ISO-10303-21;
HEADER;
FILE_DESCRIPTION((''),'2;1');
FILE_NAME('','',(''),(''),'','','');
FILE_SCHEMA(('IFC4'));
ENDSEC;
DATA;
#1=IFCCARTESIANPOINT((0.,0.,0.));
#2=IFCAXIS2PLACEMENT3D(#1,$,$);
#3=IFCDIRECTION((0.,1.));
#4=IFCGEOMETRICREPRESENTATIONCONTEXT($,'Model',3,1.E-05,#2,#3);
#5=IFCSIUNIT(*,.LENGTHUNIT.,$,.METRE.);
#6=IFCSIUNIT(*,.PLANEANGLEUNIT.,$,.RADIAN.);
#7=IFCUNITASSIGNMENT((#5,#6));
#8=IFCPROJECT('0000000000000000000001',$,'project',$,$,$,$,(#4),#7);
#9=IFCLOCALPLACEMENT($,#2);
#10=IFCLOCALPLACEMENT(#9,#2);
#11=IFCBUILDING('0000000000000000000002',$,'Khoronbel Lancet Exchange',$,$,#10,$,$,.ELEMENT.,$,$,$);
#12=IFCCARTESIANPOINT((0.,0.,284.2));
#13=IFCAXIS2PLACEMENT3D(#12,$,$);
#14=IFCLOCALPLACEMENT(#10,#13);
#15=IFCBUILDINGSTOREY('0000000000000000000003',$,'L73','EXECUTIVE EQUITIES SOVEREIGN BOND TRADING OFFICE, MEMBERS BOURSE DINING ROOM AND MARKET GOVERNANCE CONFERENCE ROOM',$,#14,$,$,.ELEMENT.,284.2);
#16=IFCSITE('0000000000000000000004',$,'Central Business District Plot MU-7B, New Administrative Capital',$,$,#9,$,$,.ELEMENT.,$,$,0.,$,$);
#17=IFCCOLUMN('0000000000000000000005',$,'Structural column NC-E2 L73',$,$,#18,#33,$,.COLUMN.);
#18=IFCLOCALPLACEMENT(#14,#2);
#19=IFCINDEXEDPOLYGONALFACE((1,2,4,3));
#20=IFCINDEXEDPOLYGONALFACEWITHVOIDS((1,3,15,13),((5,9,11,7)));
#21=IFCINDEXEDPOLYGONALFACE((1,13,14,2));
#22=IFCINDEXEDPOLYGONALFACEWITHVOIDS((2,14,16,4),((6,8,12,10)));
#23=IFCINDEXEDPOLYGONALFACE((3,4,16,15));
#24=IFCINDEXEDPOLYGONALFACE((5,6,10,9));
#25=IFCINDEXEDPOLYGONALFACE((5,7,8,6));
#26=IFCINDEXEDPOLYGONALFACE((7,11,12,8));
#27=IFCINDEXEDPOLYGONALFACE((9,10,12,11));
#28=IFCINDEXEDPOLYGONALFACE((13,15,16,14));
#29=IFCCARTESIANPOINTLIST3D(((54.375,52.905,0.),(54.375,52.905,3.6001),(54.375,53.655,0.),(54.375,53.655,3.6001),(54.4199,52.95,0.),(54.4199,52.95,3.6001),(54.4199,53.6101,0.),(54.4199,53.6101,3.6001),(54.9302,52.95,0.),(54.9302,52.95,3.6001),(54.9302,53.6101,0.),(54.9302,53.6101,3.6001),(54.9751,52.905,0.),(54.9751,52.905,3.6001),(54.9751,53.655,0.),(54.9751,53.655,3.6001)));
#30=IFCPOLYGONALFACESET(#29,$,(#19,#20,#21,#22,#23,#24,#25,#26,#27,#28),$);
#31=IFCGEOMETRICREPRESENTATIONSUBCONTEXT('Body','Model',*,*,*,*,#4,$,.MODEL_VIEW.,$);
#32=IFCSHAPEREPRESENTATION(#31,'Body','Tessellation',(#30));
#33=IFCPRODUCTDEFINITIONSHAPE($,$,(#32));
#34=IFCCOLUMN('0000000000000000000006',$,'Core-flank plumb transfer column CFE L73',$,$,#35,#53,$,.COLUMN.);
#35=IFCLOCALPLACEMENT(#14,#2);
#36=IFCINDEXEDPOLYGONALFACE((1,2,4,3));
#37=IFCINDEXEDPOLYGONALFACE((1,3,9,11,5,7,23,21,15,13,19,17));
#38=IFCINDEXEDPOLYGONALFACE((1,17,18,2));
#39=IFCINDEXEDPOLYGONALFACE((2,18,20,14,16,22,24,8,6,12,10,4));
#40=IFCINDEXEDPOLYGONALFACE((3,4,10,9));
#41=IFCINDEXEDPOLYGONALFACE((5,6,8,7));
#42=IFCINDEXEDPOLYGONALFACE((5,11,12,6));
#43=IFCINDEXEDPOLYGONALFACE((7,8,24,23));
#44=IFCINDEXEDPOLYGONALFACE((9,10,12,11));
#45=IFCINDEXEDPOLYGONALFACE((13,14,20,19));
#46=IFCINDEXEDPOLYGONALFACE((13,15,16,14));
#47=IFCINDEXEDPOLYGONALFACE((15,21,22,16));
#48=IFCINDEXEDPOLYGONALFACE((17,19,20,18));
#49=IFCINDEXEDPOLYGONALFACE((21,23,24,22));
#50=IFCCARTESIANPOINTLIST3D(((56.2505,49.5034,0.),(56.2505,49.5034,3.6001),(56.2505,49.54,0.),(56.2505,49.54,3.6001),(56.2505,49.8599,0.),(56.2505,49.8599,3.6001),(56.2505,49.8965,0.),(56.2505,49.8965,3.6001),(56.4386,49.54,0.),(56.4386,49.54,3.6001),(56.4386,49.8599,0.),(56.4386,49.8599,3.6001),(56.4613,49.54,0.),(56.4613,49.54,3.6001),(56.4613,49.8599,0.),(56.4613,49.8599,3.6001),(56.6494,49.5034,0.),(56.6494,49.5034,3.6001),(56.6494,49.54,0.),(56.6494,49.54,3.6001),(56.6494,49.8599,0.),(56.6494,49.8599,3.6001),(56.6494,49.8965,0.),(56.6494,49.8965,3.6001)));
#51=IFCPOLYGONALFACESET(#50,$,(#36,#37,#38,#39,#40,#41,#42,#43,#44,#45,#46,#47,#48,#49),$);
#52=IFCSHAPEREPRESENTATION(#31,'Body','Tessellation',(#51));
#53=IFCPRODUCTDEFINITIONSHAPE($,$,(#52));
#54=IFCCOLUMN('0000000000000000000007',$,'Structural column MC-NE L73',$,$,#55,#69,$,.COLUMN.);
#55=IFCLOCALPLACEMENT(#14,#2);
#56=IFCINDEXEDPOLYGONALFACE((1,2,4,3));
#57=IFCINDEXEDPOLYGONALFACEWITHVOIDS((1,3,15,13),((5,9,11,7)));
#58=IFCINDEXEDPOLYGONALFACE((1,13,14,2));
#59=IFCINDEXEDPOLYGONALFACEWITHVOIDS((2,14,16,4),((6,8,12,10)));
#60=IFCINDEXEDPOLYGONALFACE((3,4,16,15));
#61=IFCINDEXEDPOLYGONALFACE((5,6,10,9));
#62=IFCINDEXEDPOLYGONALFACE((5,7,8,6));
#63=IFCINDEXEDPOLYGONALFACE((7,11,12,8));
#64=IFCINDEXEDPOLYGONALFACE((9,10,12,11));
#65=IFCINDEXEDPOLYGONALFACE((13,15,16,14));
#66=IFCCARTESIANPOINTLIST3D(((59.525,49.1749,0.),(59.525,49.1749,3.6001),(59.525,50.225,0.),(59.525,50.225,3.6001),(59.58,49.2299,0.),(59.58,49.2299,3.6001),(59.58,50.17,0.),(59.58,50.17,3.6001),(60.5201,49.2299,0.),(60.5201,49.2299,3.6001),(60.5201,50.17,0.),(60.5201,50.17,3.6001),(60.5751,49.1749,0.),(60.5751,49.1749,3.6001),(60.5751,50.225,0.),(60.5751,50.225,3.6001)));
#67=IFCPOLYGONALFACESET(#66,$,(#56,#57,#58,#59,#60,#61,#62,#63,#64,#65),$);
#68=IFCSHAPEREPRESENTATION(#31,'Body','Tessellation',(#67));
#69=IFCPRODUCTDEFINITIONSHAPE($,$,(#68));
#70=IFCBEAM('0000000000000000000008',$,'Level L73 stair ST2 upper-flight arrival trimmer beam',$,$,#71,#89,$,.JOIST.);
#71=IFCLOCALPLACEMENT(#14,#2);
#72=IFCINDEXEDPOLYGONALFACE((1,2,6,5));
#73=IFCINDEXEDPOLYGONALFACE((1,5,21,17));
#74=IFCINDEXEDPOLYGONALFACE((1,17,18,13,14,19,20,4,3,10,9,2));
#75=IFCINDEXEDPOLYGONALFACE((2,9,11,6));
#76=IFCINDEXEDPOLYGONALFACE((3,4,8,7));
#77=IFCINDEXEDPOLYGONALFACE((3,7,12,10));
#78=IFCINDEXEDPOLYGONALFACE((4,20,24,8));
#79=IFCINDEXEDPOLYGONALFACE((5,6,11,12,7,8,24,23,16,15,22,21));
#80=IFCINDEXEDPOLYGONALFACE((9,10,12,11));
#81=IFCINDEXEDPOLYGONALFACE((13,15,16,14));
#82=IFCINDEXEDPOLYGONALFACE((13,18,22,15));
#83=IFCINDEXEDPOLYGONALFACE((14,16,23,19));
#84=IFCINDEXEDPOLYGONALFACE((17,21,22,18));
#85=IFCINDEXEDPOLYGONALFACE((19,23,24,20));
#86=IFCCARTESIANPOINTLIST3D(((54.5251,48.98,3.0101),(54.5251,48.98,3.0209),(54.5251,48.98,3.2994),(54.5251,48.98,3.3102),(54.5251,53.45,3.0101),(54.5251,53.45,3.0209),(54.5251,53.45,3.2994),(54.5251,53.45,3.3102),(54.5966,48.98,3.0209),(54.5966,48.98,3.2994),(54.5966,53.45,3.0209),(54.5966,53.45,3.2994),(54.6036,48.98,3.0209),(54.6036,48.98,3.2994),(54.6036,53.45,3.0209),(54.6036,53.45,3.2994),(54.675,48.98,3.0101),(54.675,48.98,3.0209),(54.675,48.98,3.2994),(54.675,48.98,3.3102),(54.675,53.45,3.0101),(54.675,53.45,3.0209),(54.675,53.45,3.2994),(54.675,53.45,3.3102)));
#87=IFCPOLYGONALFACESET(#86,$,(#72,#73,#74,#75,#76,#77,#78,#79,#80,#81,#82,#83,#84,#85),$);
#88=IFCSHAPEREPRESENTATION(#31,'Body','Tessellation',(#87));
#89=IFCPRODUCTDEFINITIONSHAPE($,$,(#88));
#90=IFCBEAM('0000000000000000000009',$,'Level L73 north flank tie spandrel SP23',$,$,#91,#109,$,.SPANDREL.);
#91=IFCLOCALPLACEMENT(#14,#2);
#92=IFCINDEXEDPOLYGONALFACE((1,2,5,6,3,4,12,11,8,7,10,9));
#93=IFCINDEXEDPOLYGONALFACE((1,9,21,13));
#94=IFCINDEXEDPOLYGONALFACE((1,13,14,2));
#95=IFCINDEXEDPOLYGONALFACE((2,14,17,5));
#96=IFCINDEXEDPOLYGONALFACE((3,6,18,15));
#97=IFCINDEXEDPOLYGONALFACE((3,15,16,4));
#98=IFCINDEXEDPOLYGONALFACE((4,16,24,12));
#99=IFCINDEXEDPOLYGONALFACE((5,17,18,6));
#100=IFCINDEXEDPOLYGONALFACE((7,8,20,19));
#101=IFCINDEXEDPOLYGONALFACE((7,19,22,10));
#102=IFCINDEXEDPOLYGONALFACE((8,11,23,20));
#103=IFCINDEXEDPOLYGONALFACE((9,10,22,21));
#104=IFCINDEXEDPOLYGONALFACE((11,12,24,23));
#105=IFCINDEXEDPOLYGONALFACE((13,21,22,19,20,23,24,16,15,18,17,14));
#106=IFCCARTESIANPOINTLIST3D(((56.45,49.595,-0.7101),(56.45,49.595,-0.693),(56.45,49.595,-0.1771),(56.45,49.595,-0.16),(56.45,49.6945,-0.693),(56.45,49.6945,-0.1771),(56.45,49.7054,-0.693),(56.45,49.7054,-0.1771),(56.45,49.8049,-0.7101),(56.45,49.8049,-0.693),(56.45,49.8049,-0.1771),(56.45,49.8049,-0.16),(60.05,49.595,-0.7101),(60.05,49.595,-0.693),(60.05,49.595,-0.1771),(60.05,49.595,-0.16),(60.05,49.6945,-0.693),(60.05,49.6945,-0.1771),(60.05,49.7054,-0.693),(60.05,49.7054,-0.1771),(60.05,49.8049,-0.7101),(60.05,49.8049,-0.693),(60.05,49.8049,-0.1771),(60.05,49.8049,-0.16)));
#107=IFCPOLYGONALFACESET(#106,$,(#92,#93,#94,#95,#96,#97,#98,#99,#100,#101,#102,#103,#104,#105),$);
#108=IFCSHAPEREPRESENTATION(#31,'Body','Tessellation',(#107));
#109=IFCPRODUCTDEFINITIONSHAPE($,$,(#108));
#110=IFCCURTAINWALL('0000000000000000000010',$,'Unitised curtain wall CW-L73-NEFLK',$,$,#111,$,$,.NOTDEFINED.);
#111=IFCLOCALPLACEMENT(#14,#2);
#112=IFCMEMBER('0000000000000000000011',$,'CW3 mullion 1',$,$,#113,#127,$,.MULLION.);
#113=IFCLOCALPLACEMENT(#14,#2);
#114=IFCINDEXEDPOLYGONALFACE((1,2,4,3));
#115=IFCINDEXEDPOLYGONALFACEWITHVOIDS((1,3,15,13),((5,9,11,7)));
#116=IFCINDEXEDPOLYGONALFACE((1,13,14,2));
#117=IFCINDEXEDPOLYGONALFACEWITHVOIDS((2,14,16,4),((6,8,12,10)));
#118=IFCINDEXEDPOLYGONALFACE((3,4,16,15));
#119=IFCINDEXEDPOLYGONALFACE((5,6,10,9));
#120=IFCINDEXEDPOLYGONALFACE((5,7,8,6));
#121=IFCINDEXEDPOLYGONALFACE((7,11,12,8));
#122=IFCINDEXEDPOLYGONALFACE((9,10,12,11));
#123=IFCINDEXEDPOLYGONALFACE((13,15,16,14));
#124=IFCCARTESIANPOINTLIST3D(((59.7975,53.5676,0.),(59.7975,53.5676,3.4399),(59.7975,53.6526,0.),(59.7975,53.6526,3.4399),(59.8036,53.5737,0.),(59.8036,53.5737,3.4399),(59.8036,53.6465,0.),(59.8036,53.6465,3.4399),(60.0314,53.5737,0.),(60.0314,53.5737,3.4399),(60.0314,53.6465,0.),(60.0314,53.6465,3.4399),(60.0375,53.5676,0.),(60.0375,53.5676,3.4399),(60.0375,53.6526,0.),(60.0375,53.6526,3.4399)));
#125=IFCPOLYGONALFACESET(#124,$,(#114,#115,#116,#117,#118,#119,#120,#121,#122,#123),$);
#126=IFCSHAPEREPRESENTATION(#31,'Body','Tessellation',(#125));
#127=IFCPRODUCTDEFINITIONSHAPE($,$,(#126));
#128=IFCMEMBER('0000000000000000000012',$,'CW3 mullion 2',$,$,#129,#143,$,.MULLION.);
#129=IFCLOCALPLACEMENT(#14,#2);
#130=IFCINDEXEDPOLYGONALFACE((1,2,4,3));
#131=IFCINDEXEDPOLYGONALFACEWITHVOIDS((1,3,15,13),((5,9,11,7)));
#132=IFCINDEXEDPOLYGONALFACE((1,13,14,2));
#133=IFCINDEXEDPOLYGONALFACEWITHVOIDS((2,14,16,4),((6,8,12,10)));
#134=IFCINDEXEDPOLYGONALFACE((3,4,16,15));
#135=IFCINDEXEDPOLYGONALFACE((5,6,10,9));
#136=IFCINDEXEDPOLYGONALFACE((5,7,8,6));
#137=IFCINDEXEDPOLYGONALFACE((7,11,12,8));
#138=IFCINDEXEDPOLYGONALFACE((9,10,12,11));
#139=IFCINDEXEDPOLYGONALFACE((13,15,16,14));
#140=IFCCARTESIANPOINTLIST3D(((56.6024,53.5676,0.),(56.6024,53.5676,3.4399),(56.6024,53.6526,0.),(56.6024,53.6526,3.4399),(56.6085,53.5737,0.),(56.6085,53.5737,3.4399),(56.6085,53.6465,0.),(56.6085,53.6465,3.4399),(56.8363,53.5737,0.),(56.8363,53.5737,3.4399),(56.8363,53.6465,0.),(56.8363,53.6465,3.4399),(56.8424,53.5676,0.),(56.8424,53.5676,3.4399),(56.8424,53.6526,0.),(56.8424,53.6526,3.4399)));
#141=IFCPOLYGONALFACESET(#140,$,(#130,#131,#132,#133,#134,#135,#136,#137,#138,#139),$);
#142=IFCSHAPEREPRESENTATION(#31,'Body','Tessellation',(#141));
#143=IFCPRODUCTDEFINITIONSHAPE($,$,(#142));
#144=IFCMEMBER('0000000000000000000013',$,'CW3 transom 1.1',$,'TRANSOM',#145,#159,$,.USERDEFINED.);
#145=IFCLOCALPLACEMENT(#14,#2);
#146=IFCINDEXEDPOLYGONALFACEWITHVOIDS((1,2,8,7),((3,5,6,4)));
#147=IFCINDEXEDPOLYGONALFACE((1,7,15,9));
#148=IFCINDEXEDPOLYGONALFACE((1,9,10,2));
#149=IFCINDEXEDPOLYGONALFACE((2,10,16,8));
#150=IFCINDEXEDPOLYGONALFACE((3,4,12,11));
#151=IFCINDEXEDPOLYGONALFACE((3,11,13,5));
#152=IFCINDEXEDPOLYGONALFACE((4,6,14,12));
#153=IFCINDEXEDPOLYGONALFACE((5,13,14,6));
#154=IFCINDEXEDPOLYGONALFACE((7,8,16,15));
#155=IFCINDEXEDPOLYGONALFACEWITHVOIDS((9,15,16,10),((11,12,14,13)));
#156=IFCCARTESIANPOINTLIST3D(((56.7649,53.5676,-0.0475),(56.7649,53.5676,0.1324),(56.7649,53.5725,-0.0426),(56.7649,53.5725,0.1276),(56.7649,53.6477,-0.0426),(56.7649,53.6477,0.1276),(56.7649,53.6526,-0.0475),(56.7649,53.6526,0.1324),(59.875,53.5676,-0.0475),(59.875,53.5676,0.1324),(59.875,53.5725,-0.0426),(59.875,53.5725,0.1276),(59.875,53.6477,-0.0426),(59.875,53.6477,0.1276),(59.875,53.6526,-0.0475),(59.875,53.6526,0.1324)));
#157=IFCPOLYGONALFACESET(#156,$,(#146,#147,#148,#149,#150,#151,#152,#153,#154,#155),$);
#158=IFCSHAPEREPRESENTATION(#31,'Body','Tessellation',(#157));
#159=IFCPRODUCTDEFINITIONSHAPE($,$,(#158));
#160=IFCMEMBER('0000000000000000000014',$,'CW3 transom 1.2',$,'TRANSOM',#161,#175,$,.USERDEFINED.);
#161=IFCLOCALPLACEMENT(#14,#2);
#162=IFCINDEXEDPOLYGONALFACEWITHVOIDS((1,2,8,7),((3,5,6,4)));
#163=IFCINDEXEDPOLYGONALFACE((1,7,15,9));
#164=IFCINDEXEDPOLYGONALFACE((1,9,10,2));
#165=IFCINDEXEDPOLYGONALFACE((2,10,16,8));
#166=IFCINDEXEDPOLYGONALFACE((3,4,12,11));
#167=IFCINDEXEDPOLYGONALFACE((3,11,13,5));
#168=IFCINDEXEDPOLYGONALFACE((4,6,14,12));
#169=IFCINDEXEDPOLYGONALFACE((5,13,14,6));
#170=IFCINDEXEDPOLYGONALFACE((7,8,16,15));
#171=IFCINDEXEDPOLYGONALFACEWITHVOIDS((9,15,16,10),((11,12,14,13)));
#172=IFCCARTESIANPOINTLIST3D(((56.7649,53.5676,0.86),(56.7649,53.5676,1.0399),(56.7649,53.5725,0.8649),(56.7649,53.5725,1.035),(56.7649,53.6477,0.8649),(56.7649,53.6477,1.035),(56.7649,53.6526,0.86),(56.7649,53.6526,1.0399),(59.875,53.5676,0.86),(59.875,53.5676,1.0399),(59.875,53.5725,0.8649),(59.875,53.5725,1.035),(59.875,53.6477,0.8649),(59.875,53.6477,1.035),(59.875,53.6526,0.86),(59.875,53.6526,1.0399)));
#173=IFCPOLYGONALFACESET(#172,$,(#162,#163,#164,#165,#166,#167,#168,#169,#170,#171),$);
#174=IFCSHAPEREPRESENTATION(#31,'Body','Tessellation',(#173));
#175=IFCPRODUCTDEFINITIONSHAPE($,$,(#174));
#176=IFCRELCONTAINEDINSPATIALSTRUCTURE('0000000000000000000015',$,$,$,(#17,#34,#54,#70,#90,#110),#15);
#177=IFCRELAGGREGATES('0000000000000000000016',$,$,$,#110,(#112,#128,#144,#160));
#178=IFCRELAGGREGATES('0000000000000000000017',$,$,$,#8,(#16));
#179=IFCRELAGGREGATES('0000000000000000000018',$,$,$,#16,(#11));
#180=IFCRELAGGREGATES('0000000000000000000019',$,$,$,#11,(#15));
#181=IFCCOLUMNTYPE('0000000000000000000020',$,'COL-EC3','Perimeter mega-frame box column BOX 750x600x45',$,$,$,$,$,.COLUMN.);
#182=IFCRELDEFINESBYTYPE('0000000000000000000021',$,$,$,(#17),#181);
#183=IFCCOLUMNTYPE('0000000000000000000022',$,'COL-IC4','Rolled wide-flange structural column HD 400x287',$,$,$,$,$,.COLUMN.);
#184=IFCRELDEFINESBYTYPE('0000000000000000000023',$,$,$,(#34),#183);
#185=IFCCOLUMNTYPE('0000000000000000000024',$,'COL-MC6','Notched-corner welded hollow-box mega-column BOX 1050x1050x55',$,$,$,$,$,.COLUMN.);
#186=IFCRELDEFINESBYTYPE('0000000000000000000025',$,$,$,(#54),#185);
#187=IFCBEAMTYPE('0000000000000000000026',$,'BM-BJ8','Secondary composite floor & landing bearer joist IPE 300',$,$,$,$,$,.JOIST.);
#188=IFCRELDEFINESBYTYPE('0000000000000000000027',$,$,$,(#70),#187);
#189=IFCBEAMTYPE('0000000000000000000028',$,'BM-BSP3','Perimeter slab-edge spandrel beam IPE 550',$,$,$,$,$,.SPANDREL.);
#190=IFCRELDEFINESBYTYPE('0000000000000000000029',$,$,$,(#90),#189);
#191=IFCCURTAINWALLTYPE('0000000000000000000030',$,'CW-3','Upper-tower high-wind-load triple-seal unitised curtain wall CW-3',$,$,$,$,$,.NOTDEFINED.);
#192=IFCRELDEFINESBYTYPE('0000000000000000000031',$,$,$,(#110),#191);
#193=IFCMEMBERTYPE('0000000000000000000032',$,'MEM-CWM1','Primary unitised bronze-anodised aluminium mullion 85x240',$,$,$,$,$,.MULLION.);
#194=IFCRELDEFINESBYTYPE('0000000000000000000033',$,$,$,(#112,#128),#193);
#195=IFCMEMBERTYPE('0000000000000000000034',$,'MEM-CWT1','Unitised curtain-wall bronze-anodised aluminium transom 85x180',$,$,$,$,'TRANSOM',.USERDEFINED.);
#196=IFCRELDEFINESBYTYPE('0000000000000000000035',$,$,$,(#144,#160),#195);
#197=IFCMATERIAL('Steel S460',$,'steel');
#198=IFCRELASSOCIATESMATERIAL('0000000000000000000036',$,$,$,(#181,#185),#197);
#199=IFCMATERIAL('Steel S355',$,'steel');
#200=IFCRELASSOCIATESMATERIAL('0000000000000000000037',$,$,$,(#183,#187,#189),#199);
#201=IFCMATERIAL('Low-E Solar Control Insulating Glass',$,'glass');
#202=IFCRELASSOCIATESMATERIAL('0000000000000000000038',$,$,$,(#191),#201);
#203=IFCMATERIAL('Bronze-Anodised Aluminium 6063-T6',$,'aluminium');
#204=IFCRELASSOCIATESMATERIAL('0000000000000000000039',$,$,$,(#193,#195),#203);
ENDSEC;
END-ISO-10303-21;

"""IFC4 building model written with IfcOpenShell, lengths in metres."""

from ifc_helpers import new_model, si_unit, direction, frame, origin, origin_2d, place, context, subcontext, project, spatial, hollow_rectangle, i_section, extrude, material, material_profile, profile_set, type_object, element, aggregate, save


model = new_model("IFC4")

# Units and contexts
model_context = context("Model", 3, precision=1e-05, world=origin(), true_north=direction((0.0, 1.0)))
body_context = subcontext(model_context, "Body", "Model", "MODEL_VIEW")
ifc_project = project(units=[si_unit("LENGTHUNIT", "METRE"), si_unit("PLANEANGLEUNIT", "RADIAN")], contexts=[model_context])

# Site, building, storey
site_placement = place(None, origin())
site = spatial("IfcSite", under=ifc_project, at=site_placement, Name="Central Business District Plot MU-7B, New Administrative Capital", CompositionType="ELEMENT", RefElevation=0.0)
building_placement = place(site_placement, origin())
building = spatial("IfcBuilding", under=site, at=building_placement, Name="Khoronbel Lancet Exchange", CompositionType="ELEMENT")
storey_placement = place(building_placement, frame((0.0, 0.0, 284.2)))
storey = spatial("IfcBuildingStorey", under=building, at=storey_placement, Name="L73", Description="EXECUTIVE EQUITIES SOVEREIGN BOND TRADING OFFICE, MEMBERS BOURSE DINING ROOM AND MARKET GOVERNANCE CONFERENCE ROOM", CompositionType="ELEMENT", Elevation=284.2)

# Columns
ifc_material_1 = material(Name="Steel S460", Category="steel")
ifc_material_profile_1 = material_profile(ifc_material_1, hollow_rectangle(XDim=0.6001, YDim=0.75, WallThickness=0.0449, at=origin_2d()), Name="BOX 750x600x45")
ifc_profile_set_1 = profile_set([ifc_material_profile_1], Name="Steel S460")
column_type_1 = type_object("IfcColumnType", Name="COL-EC3", Description="Perimeter mega-frame box column BOX 750x600x45", PredefinedType="COLUMN", material=ifc_profile_set_1)
column_1_placement = place(storey_placement, frame((54.675, 53.28, 0.0), z_axis=(0.0, 0.0, 1.0), x_axis=(1.0, 0.0, 0.0)))
element("IfcColumn", 1, at=column_1_placement, inside=storey, type_object=column_type_1, Name="Structural column NC-E2 L73", PredefinedType="COLUMN", context=body_context, shape_type="SweptSolid", body=[
    extrude(hollow_rectangle(XDim=0.6001, YDim=0.75, WallThickness=0.0449, at=origin_2d()), origin(), (0.0, 0.0, 1.0), 3.6001),
])
ifc_material_2 = material(Name="Steel S355", Category="steel")
ifc_material_profile_2 = material_profile(ifc_material_2, i_section(OverallWidth=0.3989, OverallDepth=0.3931, WebThickness=0.0227, FlangeThickness=0.0366, at=origin_2d()), Name="HD 400x287")
ifc_profile_set_2 = profile_set([ifc_material_profile_2], Name="Steel S355")
column_type_2 = type_object("IfcColumnType", Name="COL-IC4", Description="Rolled wide-flange structural column HD 400x287", PredefinedType="COLUMN", material=ifc_profile_set_2)
column_2_placement = place(storey_placement, frame((56.45, 49.7, 0.0), z_axis=(0.0, 0.0, 1.0), x_axis=(1.0, 0.0, 0.0)))
element("IfcColumn", 2, at=column_2_placement, inside=storey, type_object=column_type_2, Name="Core-flank plumb transfer column CFE L73", PredefinedType="COLUMN", context=body_context, shape_type="SweptSolid", body=[
    extrude(i_section(OverallWidth=0.3989, OverallDepth=0.3931, WebThickness=0.0227, FlangeThickness=0.0366, at=origin_2d()), origin(), (0.0, 0.0, 1.0), 3.6001),
])
ifc_material_profile_3 = material_profile(ifc_material_1, hollow_rectangle(XDim=1.05, YDim=1.05, WallThickness=0.0549, at=origin_2d()), Name="BOX 1050x1050x55")
ifc_profile_set_3 = profile_set([ifc_material_profile_3], Name="Steel S460")
column_type_3 = type_object("IfcColumnType", Name="COL-MC6", Description="Notched-corner welded hollow-box mega-column BOX 1050x1050x55", PredefinedType="COLUMN", material=ifc_profile_set_3)
column_3_placement = place(storey_placement, frame((60.05, 49.7, 0.0), z_axis=(0.0, 0.0, 1.0), x_axis=(1.0, 0.0, 0.0)))
element("IfcColumn", 3, at=column_3_placement, inside=storey, type_object=column_type_3, Name="Structural column MC-NE L73", PredefinedType="COLUMN", context=body_context, shape_type="SweptSolid", body=[
    extrude(hollow_rectangle(XDim=1.05, YDim=1.05, WallThickness=0.0549, at=origin_2d()), origin(), (0.0, 0.0, 1.0), 3.6001),
])

# Beams
ifc_material_profile_4 = material_profile(ifc_material_2, i_section(OverallWidth=0.1499, OverallDepth=0.3, WebThickness=0.0071, FlangeThickness=0.0107, at=origin_2d()), Name="IPE 300")
ifc_profile_set_4 = profile_set([ifc_material_profile_4], Name="Steel S355")
beam_type_1 = type_object("IfcBeamType", Name="BM-BJ8", Description="Secondary composite floor & landing bearer joist IPE 300", PredefinedType="JOIST", material=ifc_profile_set_4)
beam_1_placement = place(storey_placement, frame((54.6001, 48.98, 3.1602), z_axis=(0.0, 1.0, 0.0), x_axis=(-1.0, 0.0, 0.0)))
element("IfcBeam", 4, at=beam_1_placement, inside=storey, type_object=beam_type_1, Name="Level L73 stair ST2 upper-flight arrival trimmer beam", PredefinedType="JOIST", context=body_context, shape_type="SweptSolid", body=[
    extrude(i_section(OverallWidth=0.1499, OverallDepth=0.3, WebThickness=0.0071, FlangeThickness=0.0107, at=origin_2d()), origin(), (0.0, 0.0, 1.0), 4.47),
])
ifc_material_profile_5 = material_profile(ifc_material_2, i_section(OverallWidth=0.21, OverallDepth=0.55, WebThickness=0.011, FlangeThickness=0.0171, at=origin_2d()), Name="IPE 550")
ifc_profile_set_5 = profile_set([ifc_material_profile_5], Name="Steel S355")
beam_type_2 = type_object("IfcBeamType", Name="BM-BSP3", Description="Perimeter slab-edge spandrel beam IPE 550", PredefinedType="SPANDREL", material=ifc_profile_set_5)
beam_2_placement = place(storey_placement, frame((60.05, 49.7, -0.4351), z_axis=(-1.0, 0.0, 0.0), x_axis=(0.0, -1.0, 0.0)))
element("IfcBeam", 5, at=beam_2_placement, inside=storey, type_object=beam_type_2, Name="Level L73 north flank tie spandrel SP23", PredefinedType="SPANDREL", context=body_context, shape_type="SweptSolid", body=[
    extrude(i_section(OverallWidth=0.21, OverallDepth=0.55, WebThickness=0.011, FlangeThickness=0.0171, at=origin_2d()), origin(), (0.0, 0.0, 1.0), 3.6001),
])

# Curtain wall, members
ifc_material_3 = material(Name="Low-E Solar Control Insulating Glass", Category="glass")
curtain_wall_type = type_object("IfcCurtainWallType", Name="CW-3", Description="Upper-tower high-wind-load triple-seal unitised curtain wall CW-3", PredefinedType="NOTDEFINED", material=ifc_material_3)
curtain_wall_placement = place(storey_placement, origin())
curtain_wall = element("IfcCurtainWall", 6, at=curtain_wall_placement, inside=storey, type_object=curtain_wall_type, Name="Unitised curtain wall CW-L73-NEFLK", PredefinedType="NOTDEFINED")
ifc_material_4 = material(Name="Bronze-Anodised Aluminium 6063-T6", Category="aluminium")
ifc_material_profile_6 = material_profile(ifc_material_4, hollow_rectangle(XDim=0.085, YDim=0.24, WallThickness=0.0061, at=origin_2d()), Name="ALU MULLION 85x240")
ifc_profile_set_6 = profile_set([ifc_material_profile_6], Name="Bronze-Anodised Aluminium 6063-T6")
member_type_1 = type_object("IfcMemberType", Name="MEM-CWM1", Description="Primary unitised bronze-anodised aluminium mullion 85x240", PredefinedType="MULLION", material=ifc_profile_set_6)
member_1_placement = place(storey_placement, frame((59.9175, 53.6101, 0.0), z_axis=(0.0, 0.0, 1.0), x_axis=(0.0, -1.0, 0.0)))
member_1 = element("IfcMember", 7, at=member_1_placement, type_object=member_type_1, Name="CW3 mullion 1", PredefinedType="MULLION", context=body_context, shape_type="SweptSolid", body=[
    extrude(hollow_rectangle(XDim=0.085, YDim=0.24, WallThickness=0.0061, at=origin_2d()), origin(), (0.0, 0.0, 1.0), 3.4399),
])
member_2_placement = place(storey_placement, frame((56.7224, 53.6101, 0.0), z_axis=(0.0, 0.0, 1.0), x_axis=(0.0, -1.0, 0.0)))
member_2 = element("IfcMember", 8, at=member_2_placement, type_object=member_type_1, Name="CW3 mullion 2", PredefinedType="MULLION", context=body_context, shape_type="SweptSolid", body=[
    extrude(hollow_rectangle(XDim=0.085, YDim=0.24, WallThickness=0.0061, at=origin_2d()), origin(), (0.0, 0.0, 1.0), 3.4399),
])
ifc_material_profile_7 = material_profile(ifc_material_4, hollow_rectangle(XDim=0.085, YDim=0.1799, WallThickness=0.0049, at=origin_2d()), Name="ALU TRANSOM 85x180")
ifc_profile_set_7 = profile_set([ifc_material_profile_7], Name="Bronze-Anodised Aluminium 6063-T6")
member_type_2 = type_object("IfcMemberType", Name="MEM-CWT1", Description="Unitised curtain-wall bronze-anodised aluminium transom 85x180", ElementType="TRANSOM", PredefinedType="USERDEFINED", material=ifc_profile_set_7)
member_3_placement = place(storey_placement, frame((59.875, 53.6101, 0.0425), z_axis=(-1.0, 0.0, 0.0), x_axis=(0.0, -1.0, 0.0)))
member_3 = element("IfcMember", 9, at=member_3_placement, type_object=member_type_2, Name="CW3 transom 1.1", ObjectType="TRANSOM", PredefinedType="USERDEFINED", context=body_context, shape_type="SweptSolid", body=[
    extrude(hollow_rectangle(XDim=0.085, YDim=0.1799, WallThickness=0.0049, at=origin_2d()), origin(), (0.0, 0.0, 1.0), 3.1101),
])
member_4_placement = place(storey_placement, frame((59.875, 53.6101, 0.95), z_axis=(-1.0, 0.0, 0.0), x_axis=(0.0, -1.0, 0.0)))
member_4 = element("IfcMember", 10, at=member_4_placement, type_object=member_type_2, Name="CW3 transom 1.2", ObjectType="TRANSOM", PredefinedType="USERDEFINED", context=body_context, shape_type="SweptSolid", body=[
    extrude(hollow_rectangle(XDim=0.085, YDim=0.1799, WallThickness=0.0049, at=origin_2d()), origin(), (0.0, 0.0, 1.0), 3.1101),
])

aggregate(curtain_wall, [member_1, member_2, member_3, member_4])

save(model, "model.ifc")
